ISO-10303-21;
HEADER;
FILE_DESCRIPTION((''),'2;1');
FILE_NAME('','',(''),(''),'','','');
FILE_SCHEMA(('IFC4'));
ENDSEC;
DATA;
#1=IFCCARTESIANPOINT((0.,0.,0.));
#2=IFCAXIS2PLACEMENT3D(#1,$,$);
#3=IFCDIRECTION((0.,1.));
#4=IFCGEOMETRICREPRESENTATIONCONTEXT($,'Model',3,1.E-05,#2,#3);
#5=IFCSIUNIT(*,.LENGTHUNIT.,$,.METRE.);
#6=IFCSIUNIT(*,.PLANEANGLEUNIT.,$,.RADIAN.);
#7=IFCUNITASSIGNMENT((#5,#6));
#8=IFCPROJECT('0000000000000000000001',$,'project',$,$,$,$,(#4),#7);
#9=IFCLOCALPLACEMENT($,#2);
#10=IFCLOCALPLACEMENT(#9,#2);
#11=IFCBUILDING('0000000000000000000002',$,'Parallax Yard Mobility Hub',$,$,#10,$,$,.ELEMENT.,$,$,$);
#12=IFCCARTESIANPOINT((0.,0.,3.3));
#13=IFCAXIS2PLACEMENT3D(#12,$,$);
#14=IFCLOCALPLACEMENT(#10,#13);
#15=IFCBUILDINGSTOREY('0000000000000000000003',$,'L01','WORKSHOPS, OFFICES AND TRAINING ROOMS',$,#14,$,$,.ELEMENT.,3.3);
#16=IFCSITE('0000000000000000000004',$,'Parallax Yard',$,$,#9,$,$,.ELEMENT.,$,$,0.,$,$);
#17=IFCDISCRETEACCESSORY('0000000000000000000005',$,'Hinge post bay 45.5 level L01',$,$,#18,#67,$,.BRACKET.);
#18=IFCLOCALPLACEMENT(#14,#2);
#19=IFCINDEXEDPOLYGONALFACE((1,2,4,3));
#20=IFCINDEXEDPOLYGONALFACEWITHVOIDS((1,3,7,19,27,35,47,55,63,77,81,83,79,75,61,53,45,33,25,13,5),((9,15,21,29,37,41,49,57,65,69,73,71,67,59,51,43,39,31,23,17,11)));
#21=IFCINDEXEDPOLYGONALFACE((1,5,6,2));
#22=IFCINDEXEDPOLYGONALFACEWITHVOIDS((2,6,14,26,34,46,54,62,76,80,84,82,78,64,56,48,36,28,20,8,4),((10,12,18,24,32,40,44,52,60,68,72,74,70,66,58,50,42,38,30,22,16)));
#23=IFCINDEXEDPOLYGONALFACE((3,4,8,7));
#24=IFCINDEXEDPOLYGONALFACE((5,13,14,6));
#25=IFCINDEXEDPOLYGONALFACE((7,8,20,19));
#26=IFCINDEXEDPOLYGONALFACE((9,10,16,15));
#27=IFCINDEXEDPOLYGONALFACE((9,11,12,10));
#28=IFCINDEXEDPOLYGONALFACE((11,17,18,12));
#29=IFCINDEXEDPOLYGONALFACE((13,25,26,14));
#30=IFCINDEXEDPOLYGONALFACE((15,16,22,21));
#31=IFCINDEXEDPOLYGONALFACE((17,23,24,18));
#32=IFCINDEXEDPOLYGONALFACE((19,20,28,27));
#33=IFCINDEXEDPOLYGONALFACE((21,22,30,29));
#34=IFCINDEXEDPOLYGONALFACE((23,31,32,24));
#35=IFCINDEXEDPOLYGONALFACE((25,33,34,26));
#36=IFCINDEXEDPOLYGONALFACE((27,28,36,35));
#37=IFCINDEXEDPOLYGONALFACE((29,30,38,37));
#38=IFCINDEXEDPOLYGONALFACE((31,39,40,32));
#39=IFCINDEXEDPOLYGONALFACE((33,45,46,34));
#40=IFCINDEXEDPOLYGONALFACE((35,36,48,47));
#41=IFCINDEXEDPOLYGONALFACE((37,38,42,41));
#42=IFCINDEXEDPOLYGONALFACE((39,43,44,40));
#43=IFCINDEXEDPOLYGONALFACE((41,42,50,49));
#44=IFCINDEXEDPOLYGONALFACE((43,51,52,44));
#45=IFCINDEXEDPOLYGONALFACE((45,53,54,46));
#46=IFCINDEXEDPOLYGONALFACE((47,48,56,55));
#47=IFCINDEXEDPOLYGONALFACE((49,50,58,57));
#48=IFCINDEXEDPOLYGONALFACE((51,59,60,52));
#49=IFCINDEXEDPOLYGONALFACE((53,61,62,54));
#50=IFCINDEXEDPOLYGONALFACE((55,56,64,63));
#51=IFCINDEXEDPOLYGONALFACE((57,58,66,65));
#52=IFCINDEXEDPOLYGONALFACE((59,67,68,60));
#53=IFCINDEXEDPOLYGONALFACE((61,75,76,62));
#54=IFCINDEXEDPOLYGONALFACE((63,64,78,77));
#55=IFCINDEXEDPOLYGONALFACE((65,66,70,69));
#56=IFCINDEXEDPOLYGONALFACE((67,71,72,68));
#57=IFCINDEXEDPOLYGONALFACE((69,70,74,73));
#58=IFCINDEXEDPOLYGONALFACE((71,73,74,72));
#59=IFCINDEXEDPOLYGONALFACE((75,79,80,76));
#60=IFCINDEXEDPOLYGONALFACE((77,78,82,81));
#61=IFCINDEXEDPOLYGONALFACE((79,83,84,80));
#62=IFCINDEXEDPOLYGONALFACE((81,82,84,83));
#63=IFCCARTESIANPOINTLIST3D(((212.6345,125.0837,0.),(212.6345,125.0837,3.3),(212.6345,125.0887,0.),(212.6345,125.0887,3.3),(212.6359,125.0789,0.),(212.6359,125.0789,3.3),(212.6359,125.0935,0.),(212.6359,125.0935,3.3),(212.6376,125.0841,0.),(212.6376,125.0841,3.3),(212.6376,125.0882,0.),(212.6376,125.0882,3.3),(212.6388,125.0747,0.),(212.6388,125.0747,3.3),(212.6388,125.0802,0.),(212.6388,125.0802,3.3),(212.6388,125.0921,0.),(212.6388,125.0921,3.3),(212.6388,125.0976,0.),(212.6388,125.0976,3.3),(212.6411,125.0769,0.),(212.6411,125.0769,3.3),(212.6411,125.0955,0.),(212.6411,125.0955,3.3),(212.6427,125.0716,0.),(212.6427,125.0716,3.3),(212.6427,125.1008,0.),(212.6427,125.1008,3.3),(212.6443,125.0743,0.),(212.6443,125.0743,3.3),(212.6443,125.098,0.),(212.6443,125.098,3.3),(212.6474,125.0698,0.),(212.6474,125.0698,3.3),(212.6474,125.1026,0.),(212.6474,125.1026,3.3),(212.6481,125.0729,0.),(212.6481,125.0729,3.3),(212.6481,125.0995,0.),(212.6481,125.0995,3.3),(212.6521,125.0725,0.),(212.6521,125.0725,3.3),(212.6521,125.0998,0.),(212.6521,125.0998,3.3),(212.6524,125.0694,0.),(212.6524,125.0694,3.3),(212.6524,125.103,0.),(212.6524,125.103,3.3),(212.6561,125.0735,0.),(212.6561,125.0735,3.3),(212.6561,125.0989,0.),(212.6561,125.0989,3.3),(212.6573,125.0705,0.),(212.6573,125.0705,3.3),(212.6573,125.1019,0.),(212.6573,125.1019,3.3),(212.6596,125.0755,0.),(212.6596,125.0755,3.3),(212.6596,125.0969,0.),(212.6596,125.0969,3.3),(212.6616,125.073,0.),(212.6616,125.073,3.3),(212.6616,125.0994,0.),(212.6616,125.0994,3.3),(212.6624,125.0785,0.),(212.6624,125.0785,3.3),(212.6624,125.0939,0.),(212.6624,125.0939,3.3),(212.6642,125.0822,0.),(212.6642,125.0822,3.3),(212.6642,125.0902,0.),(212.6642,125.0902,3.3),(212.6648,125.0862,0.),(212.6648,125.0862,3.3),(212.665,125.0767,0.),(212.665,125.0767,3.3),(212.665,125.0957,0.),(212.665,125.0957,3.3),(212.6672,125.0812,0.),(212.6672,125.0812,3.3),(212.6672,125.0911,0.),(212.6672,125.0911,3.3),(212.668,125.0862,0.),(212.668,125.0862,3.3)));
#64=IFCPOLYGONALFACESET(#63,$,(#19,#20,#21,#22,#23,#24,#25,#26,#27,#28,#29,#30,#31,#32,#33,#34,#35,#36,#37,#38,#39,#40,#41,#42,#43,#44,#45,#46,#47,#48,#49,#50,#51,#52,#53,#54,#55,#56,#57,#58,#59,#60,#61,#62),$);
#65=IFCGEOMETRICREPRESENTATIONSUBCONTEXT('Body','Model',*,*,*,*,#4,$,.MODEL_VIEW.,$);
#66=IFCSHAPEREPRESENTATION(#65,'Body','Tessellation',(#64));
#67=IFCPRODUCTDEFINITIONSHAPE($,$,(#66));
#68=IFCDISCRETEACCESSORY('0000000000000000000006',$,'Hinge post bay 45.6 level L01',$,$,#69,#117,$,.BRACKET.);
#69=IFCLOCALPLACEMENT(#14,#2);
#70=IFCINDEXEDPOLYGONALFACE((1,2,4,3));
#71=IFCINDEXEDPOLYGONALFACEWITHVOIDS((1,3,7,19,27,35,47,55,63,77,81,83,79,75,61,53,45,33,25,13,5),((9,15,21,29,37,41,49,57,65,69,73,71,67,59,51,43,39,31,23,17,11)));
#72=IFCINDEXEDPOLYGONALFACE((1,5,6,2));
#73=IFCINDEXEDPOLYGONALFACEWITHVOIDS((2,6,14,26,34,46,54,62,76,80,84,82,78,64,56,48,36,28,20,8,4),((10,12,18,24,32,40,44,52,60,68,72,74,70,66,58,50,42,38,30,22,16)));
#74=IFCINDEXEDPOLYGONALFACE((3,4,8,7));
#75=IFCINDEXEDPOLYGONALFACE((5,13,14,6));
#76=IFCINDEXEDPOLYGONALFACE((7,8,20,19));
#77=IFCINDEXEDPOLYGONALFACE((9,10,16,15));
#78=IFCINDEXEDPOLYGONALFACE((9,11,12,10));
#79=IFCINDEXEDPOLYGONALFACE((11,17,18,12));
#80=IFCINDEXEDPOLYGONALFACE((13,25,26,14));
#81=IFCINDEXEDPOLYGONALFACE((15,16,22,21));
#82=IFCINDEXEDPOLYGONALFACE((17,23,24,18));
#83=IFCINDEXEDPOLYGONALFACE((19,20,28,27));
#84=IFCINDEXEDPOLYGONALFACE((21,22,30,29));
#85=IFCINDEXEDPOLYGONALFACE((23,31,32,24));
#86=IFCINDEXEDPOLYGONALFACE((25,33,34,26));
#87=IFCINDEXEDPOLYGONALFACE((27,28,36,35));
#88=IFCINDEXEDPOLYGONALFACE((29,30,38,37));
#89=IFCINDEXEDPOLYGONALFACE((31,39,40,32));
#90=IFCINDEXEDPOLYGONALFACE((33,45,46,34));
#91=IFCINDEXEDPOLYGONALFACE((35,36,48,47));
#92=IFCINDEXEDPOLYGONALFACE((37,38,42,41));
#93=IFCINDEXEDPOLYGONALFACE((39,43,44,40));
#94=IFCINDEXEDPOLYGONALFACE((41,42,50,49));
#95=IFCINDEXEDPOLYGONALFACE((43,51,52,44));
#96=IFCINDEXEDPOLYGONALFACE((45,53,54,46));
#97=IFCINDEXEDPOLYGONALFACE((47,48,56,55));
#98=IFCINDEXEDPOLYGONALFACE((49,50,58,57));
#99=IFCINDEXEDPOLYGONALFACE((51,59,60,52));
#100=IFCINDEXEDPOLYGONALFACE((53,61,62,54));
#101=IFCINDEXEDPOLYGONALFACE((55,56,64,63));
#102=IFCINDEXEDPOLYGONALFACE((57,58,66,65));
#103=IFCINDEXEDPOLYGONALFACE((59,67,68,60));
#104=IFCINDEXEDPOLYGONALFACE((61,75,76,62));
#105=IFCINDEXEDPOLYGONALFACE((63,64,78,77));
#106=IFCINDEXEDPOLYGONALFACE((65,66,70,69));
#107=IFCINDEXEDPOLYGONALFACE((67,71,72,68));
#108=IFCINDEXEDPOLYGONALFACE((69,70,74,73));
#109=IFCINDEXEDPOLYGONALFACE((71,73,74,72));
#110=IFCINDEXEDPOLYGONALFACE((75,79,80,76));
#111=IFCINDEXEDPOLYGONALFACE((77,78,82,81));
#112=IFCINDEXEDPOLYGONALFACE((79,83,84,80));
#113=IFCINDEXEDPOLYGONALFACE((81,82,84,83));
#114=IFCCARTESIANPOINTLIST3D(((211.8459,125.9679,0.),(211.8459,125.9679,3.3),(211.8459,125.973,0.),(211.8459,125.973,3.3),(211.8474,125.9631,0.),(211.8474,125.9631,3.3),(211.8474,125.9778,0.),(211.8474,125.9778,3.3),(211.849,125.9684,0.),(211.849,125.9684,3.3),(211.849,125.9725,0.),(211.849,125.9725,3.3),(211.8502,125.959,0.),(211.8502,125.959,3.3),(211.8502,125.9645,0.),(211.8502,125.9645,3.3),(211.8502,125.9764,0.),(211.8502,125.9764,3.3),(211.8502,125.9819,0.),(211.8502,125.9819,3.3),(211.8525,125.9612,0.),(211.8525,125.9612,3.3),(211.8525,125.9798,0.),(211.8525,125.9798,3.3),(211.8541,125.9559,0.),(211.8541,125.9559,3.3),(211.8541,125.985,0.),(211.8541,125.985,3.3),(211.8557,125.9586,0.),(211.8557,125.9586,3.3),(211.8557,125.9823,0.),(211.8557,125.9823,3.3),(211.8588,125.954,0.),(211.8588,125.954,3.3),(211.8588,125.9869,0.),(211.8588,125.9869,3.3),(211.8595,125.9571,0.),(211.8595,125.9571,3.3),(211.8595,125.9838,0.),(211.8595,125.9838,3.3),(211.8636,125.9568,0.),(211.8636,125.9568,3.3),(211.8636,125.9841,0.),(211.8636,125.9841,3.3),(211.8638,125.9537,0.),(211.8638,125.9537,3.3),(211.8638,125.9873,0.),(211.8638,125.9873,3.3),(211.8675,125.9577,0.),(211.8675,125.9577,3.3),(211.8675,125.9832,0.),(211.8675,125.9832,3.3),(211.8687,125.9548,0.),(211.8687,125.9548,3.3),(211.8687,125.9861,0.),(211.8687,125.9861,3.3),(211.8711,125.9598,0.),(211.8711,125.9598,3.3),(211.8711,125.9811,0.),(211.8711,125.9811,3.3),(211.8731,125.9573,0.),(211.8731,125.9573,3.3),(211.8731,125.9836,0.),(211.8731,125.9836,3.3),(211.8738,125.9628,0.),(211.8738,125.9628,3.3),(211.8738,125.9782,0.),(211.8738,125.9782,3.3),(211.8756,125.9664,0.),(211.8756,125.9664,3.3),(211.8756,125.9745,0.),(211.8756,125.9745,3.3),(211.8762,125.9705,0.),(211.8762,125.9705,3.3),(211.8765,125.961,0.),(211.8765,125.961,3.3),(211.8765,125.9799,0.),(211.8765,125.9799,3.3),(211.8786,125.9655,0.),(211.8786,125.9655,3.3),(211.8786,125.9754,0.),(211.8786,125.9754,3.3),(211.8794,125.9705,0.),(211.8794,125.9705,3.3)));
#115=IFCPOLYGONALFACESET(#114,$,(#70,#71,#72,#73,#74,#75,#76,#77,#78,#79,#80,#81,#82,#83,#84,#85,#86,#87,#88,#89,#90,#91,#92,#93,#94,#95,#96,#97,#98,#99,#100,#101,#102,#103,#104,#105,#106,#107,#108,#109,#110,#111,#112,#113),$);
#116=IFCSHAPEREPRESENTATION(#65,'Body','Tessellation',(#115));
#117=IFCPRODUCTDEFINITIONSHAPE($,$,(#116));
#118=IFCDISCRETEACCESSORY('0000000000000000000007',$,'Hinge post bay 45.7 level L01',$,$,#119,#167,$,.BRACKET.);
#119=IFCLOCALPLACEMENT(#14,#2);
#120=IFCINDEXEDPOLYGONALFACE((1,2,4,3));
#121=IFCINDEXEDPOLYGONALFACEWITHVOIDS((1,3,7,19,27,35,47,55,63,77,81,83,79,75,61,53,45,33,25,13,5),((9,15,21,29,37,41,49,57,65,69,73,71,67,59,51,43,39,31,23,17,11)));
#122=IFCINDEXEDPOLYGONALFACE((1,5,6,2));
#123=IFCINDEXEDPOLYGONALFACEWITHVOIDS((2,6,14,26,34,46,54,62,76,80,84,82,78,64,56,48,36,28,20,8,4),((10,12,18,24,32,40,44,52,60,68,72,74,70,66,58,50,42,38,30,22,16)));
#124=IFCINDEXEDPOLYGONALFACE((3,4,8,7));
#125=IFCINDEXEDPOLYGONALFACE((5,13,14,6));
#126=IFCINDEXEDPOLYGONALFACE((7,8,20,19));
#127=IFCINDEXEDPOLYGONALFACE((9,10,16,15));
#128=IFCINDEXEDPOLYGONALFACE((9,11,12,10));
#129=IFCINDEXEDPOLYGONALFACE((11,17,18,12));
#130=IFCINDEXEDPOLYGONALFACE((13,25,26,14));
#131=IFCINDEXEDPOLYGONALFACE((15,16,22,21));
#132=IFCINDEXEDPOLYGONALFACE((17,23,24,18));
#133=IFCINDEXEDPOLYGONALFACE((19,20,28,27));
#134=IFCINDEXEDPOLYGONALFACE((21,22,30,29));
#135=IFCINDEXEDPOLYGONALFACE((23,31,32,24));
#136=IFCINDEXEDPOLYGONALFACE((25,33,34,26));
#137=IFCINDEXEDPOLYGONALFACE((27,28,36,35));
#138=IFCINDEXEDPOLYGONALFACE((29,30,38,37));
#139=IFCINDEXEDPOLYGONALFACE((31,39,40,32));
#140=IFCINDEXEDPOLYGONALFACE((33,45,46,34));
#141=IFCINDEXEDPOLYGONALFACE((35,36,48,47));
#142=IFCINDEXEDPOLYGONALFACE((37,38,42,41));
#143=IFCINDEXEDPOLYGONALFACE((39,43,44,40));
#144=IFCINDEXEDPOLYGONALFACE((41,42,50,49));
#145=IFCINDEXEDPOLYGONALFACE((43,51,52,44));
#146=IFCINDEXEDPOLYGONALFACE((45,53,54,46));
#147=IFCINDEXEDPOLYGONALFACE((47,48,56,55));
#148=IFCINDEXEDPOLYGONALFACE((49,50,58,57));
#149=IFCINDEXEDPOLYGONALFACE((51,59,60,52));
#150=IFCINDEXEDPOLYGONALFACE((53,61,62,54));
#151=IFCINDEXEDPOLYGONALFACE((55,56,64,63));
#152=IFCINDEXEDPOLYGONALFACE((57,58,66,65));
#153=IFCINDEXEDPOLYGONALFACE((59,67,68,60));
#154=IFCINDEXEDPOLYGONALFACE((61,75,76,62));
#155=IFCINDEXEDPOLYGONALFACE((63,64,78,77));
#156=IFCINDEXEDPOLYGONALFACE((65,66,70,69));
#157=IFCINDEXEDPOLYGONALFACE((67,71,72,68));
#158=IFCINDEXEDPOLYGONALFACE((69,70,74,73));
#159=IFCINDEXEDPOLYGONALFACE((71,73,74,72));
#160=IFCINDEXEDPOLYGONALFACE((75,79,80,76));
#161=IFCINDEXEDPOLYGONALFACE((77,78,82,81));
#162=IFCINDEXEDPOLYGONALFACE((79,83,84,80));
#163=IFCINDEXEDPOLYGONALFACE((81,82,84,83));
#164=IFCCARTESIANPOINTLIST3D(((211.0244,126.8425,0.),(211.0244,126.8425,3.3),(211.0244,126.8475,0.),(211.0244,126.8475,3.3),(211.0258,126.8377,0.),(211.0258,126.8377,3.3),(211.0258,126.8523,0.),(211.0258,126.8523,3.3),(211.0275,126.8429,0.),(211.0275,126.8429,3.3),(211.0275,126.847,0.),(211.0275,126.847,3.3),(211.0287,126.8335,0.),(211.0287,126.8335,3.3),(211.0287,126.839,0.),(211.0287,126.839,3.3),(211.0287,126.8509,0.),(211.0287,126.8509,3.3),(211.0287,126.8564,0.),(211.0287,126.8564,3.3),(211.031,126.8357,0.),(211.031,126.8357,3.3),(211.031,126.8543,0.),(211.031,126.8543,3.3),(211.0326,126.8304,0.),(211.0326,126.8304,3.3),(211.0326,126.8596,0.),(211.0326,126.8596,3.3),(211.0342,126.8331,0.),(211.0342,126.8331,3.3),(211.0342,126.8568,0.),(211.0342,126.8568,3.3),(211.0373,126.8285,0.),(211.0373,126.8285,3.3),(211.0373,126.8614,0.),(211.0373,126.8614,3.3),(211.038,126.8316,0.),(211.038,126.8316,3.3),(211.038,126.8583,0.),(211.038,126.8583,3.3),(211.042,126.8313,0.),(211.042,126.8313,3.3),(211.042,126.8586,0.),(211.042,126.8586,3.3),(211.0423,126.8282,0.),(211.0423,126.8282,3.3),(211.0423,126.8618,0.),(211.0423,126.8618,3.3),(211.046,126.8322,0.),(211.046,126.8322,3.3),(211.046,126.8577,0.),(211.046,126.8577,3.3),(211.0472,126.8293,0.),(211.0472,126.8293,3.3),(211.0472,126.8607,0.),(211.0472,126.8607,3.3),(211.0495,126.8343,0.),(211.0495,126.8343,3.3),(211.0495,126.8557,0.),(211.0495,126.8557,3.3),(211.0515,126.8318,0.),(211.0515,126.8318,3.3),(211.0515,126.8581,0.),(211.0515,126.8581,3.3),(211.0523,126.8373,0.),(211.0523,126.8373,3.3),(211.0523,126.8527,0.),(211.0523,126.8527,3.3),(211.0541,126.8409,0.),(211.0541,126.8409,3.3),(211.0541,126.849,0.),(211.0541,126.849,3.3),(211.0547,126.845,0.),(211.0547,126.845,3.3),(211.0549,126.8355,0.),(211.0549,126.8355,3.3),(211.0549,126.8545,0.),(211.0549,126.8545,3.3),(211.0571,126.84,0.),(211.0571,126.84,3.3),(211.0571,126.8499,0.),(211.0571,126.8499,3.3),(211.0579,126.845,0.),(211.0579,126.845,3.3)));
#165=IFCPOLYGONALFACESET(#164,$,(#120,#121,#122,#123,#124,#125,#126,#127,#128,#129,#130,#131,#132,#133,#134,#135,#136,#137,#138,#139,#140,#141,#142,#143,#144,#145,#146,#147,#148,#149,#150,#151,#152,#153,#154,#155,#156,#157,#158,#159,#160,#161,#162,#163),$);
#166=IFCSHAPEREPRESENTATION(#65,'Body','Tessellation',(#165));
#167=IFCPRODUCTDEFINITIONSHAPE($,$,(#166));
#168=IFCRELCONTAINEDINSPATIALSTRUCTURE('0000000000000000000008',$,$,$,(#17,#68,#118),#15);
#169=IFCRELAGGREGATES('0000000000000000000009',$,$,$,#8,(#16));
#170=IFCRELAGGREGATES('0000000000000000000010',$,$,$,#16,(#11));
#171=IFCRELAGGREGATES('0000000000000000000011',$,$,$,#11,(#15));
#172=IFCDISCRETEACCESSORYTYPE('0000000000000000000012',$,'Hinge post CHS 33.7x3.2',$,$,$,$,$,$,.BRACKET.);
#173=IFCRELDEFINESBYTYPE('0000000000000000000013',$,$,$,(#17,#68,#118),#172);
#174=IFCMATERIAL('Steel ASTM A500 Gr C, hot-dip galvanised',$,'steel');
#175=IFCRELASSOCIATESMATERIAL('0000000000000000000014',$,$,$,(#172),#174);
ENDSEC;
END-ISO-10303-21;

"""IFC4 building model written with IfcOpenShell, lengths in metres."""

from ifc_helpers import new_model, si_unit, direction, frame, origin, origin_2d, place, context, subcontext, project, spatial, hollow_circle, extrude, material, material_profile, profile_set, type_object, element, save


model = new_model("IFC4")

# Units and contexts
model_context = context("Model", 3, precision=1e-05, world=origin(), true_north=direction((0.0, 1.0)))
body_context = subcontext(model_context, "Body", "Model", "MODEL_VIEW")
ifc_project = project(units=[si_unit("LENGTHUNIT", "METRE"), si_unit("PLANEANGLEUNIT", "RADIAN")], contexts=[model_context])

# Site, building, storey
site_placement = place(None, origin())
site = spatial("IfcSite", under=ifc_project, at=site_placement, Name="Parallax Yard", CompositionType="ELEMENT", RefElevation=0.0)
building_placement = place(site_placement, origin())
building = spatial("IfcBuilding", under=site, at=building_placement, Name="Parallax Yard Mobility Hub", CompositionType="ELEMENT")
storey_placement = place(building_placement, frame((0.0, 0.0, 3.3)))
storey = spatial("IfcBuildingStorey", under=building, at=storey_placement, Name="L01", Description="WORKSHOPS, OFFICES AND TRAINING ROOMS", CompositionType="ELEMENT", Elevation=3.3)

# Discrete accessories
ifc_material_1 = material(Name="Steel ASTM A500 Gr C, hot-dip galvanised", Category="steel")
ifc_material_profile = material_profile(ifc_material_1, hollow_circle(Radius=0.0168, WallThickness=0.0032, at=origin_2d()), Name="CHS 33.7x3.2")
ifc_profile_set = profile_set([ifc_material_profile], Name="Steel ASTM A500 Gr C, hot-dip galvanised")
discrete_accessory_type_1 = type_object("IfcDiscreteAccessoryType", Name="Hinge post CHS 33.7x3.2", PredefinedType="BRACKET", material=ifc_profile_set)
for number, where, z_axis, x_axis, name in (
    (1, (212.6511, 125.0862, 0.0), (0.0, 0.0, 1.0), (1.0, 0.0, 0.0), "Hinge post bay 45.5 level L01"),
    (2, (211.8625, 125.9705, 0.0), (0.0, 0.0, 1.0), (1.0, 0.0, 0.0), "Hinge post bay 45.6 level L01"),
    (3, (211.041, 126.845, 0.0), (0.0, 0.0, 1.0), (1.0, 0.0, 0.0), "Hinge post bay 45.7 level L01"),
):
    element("IfcDiscreteAccessory", number, at=place(storey_placement, frame(where, z_axis=z_axis, x_axis=x_axis)), inside=storey, type_object=discrete_accessory_type_1, Name=name, PredefinedType="BRACKET", context=body_context, shape_type="SweptSolid", body=[
        extrude(hollow_circle(Radius=0.0168, WallThickness=0.0032, at=origin_2d()), origin(), (0.0, 0.0, 1.0), 3.3),
    ])

save(model, "model.ifc")
